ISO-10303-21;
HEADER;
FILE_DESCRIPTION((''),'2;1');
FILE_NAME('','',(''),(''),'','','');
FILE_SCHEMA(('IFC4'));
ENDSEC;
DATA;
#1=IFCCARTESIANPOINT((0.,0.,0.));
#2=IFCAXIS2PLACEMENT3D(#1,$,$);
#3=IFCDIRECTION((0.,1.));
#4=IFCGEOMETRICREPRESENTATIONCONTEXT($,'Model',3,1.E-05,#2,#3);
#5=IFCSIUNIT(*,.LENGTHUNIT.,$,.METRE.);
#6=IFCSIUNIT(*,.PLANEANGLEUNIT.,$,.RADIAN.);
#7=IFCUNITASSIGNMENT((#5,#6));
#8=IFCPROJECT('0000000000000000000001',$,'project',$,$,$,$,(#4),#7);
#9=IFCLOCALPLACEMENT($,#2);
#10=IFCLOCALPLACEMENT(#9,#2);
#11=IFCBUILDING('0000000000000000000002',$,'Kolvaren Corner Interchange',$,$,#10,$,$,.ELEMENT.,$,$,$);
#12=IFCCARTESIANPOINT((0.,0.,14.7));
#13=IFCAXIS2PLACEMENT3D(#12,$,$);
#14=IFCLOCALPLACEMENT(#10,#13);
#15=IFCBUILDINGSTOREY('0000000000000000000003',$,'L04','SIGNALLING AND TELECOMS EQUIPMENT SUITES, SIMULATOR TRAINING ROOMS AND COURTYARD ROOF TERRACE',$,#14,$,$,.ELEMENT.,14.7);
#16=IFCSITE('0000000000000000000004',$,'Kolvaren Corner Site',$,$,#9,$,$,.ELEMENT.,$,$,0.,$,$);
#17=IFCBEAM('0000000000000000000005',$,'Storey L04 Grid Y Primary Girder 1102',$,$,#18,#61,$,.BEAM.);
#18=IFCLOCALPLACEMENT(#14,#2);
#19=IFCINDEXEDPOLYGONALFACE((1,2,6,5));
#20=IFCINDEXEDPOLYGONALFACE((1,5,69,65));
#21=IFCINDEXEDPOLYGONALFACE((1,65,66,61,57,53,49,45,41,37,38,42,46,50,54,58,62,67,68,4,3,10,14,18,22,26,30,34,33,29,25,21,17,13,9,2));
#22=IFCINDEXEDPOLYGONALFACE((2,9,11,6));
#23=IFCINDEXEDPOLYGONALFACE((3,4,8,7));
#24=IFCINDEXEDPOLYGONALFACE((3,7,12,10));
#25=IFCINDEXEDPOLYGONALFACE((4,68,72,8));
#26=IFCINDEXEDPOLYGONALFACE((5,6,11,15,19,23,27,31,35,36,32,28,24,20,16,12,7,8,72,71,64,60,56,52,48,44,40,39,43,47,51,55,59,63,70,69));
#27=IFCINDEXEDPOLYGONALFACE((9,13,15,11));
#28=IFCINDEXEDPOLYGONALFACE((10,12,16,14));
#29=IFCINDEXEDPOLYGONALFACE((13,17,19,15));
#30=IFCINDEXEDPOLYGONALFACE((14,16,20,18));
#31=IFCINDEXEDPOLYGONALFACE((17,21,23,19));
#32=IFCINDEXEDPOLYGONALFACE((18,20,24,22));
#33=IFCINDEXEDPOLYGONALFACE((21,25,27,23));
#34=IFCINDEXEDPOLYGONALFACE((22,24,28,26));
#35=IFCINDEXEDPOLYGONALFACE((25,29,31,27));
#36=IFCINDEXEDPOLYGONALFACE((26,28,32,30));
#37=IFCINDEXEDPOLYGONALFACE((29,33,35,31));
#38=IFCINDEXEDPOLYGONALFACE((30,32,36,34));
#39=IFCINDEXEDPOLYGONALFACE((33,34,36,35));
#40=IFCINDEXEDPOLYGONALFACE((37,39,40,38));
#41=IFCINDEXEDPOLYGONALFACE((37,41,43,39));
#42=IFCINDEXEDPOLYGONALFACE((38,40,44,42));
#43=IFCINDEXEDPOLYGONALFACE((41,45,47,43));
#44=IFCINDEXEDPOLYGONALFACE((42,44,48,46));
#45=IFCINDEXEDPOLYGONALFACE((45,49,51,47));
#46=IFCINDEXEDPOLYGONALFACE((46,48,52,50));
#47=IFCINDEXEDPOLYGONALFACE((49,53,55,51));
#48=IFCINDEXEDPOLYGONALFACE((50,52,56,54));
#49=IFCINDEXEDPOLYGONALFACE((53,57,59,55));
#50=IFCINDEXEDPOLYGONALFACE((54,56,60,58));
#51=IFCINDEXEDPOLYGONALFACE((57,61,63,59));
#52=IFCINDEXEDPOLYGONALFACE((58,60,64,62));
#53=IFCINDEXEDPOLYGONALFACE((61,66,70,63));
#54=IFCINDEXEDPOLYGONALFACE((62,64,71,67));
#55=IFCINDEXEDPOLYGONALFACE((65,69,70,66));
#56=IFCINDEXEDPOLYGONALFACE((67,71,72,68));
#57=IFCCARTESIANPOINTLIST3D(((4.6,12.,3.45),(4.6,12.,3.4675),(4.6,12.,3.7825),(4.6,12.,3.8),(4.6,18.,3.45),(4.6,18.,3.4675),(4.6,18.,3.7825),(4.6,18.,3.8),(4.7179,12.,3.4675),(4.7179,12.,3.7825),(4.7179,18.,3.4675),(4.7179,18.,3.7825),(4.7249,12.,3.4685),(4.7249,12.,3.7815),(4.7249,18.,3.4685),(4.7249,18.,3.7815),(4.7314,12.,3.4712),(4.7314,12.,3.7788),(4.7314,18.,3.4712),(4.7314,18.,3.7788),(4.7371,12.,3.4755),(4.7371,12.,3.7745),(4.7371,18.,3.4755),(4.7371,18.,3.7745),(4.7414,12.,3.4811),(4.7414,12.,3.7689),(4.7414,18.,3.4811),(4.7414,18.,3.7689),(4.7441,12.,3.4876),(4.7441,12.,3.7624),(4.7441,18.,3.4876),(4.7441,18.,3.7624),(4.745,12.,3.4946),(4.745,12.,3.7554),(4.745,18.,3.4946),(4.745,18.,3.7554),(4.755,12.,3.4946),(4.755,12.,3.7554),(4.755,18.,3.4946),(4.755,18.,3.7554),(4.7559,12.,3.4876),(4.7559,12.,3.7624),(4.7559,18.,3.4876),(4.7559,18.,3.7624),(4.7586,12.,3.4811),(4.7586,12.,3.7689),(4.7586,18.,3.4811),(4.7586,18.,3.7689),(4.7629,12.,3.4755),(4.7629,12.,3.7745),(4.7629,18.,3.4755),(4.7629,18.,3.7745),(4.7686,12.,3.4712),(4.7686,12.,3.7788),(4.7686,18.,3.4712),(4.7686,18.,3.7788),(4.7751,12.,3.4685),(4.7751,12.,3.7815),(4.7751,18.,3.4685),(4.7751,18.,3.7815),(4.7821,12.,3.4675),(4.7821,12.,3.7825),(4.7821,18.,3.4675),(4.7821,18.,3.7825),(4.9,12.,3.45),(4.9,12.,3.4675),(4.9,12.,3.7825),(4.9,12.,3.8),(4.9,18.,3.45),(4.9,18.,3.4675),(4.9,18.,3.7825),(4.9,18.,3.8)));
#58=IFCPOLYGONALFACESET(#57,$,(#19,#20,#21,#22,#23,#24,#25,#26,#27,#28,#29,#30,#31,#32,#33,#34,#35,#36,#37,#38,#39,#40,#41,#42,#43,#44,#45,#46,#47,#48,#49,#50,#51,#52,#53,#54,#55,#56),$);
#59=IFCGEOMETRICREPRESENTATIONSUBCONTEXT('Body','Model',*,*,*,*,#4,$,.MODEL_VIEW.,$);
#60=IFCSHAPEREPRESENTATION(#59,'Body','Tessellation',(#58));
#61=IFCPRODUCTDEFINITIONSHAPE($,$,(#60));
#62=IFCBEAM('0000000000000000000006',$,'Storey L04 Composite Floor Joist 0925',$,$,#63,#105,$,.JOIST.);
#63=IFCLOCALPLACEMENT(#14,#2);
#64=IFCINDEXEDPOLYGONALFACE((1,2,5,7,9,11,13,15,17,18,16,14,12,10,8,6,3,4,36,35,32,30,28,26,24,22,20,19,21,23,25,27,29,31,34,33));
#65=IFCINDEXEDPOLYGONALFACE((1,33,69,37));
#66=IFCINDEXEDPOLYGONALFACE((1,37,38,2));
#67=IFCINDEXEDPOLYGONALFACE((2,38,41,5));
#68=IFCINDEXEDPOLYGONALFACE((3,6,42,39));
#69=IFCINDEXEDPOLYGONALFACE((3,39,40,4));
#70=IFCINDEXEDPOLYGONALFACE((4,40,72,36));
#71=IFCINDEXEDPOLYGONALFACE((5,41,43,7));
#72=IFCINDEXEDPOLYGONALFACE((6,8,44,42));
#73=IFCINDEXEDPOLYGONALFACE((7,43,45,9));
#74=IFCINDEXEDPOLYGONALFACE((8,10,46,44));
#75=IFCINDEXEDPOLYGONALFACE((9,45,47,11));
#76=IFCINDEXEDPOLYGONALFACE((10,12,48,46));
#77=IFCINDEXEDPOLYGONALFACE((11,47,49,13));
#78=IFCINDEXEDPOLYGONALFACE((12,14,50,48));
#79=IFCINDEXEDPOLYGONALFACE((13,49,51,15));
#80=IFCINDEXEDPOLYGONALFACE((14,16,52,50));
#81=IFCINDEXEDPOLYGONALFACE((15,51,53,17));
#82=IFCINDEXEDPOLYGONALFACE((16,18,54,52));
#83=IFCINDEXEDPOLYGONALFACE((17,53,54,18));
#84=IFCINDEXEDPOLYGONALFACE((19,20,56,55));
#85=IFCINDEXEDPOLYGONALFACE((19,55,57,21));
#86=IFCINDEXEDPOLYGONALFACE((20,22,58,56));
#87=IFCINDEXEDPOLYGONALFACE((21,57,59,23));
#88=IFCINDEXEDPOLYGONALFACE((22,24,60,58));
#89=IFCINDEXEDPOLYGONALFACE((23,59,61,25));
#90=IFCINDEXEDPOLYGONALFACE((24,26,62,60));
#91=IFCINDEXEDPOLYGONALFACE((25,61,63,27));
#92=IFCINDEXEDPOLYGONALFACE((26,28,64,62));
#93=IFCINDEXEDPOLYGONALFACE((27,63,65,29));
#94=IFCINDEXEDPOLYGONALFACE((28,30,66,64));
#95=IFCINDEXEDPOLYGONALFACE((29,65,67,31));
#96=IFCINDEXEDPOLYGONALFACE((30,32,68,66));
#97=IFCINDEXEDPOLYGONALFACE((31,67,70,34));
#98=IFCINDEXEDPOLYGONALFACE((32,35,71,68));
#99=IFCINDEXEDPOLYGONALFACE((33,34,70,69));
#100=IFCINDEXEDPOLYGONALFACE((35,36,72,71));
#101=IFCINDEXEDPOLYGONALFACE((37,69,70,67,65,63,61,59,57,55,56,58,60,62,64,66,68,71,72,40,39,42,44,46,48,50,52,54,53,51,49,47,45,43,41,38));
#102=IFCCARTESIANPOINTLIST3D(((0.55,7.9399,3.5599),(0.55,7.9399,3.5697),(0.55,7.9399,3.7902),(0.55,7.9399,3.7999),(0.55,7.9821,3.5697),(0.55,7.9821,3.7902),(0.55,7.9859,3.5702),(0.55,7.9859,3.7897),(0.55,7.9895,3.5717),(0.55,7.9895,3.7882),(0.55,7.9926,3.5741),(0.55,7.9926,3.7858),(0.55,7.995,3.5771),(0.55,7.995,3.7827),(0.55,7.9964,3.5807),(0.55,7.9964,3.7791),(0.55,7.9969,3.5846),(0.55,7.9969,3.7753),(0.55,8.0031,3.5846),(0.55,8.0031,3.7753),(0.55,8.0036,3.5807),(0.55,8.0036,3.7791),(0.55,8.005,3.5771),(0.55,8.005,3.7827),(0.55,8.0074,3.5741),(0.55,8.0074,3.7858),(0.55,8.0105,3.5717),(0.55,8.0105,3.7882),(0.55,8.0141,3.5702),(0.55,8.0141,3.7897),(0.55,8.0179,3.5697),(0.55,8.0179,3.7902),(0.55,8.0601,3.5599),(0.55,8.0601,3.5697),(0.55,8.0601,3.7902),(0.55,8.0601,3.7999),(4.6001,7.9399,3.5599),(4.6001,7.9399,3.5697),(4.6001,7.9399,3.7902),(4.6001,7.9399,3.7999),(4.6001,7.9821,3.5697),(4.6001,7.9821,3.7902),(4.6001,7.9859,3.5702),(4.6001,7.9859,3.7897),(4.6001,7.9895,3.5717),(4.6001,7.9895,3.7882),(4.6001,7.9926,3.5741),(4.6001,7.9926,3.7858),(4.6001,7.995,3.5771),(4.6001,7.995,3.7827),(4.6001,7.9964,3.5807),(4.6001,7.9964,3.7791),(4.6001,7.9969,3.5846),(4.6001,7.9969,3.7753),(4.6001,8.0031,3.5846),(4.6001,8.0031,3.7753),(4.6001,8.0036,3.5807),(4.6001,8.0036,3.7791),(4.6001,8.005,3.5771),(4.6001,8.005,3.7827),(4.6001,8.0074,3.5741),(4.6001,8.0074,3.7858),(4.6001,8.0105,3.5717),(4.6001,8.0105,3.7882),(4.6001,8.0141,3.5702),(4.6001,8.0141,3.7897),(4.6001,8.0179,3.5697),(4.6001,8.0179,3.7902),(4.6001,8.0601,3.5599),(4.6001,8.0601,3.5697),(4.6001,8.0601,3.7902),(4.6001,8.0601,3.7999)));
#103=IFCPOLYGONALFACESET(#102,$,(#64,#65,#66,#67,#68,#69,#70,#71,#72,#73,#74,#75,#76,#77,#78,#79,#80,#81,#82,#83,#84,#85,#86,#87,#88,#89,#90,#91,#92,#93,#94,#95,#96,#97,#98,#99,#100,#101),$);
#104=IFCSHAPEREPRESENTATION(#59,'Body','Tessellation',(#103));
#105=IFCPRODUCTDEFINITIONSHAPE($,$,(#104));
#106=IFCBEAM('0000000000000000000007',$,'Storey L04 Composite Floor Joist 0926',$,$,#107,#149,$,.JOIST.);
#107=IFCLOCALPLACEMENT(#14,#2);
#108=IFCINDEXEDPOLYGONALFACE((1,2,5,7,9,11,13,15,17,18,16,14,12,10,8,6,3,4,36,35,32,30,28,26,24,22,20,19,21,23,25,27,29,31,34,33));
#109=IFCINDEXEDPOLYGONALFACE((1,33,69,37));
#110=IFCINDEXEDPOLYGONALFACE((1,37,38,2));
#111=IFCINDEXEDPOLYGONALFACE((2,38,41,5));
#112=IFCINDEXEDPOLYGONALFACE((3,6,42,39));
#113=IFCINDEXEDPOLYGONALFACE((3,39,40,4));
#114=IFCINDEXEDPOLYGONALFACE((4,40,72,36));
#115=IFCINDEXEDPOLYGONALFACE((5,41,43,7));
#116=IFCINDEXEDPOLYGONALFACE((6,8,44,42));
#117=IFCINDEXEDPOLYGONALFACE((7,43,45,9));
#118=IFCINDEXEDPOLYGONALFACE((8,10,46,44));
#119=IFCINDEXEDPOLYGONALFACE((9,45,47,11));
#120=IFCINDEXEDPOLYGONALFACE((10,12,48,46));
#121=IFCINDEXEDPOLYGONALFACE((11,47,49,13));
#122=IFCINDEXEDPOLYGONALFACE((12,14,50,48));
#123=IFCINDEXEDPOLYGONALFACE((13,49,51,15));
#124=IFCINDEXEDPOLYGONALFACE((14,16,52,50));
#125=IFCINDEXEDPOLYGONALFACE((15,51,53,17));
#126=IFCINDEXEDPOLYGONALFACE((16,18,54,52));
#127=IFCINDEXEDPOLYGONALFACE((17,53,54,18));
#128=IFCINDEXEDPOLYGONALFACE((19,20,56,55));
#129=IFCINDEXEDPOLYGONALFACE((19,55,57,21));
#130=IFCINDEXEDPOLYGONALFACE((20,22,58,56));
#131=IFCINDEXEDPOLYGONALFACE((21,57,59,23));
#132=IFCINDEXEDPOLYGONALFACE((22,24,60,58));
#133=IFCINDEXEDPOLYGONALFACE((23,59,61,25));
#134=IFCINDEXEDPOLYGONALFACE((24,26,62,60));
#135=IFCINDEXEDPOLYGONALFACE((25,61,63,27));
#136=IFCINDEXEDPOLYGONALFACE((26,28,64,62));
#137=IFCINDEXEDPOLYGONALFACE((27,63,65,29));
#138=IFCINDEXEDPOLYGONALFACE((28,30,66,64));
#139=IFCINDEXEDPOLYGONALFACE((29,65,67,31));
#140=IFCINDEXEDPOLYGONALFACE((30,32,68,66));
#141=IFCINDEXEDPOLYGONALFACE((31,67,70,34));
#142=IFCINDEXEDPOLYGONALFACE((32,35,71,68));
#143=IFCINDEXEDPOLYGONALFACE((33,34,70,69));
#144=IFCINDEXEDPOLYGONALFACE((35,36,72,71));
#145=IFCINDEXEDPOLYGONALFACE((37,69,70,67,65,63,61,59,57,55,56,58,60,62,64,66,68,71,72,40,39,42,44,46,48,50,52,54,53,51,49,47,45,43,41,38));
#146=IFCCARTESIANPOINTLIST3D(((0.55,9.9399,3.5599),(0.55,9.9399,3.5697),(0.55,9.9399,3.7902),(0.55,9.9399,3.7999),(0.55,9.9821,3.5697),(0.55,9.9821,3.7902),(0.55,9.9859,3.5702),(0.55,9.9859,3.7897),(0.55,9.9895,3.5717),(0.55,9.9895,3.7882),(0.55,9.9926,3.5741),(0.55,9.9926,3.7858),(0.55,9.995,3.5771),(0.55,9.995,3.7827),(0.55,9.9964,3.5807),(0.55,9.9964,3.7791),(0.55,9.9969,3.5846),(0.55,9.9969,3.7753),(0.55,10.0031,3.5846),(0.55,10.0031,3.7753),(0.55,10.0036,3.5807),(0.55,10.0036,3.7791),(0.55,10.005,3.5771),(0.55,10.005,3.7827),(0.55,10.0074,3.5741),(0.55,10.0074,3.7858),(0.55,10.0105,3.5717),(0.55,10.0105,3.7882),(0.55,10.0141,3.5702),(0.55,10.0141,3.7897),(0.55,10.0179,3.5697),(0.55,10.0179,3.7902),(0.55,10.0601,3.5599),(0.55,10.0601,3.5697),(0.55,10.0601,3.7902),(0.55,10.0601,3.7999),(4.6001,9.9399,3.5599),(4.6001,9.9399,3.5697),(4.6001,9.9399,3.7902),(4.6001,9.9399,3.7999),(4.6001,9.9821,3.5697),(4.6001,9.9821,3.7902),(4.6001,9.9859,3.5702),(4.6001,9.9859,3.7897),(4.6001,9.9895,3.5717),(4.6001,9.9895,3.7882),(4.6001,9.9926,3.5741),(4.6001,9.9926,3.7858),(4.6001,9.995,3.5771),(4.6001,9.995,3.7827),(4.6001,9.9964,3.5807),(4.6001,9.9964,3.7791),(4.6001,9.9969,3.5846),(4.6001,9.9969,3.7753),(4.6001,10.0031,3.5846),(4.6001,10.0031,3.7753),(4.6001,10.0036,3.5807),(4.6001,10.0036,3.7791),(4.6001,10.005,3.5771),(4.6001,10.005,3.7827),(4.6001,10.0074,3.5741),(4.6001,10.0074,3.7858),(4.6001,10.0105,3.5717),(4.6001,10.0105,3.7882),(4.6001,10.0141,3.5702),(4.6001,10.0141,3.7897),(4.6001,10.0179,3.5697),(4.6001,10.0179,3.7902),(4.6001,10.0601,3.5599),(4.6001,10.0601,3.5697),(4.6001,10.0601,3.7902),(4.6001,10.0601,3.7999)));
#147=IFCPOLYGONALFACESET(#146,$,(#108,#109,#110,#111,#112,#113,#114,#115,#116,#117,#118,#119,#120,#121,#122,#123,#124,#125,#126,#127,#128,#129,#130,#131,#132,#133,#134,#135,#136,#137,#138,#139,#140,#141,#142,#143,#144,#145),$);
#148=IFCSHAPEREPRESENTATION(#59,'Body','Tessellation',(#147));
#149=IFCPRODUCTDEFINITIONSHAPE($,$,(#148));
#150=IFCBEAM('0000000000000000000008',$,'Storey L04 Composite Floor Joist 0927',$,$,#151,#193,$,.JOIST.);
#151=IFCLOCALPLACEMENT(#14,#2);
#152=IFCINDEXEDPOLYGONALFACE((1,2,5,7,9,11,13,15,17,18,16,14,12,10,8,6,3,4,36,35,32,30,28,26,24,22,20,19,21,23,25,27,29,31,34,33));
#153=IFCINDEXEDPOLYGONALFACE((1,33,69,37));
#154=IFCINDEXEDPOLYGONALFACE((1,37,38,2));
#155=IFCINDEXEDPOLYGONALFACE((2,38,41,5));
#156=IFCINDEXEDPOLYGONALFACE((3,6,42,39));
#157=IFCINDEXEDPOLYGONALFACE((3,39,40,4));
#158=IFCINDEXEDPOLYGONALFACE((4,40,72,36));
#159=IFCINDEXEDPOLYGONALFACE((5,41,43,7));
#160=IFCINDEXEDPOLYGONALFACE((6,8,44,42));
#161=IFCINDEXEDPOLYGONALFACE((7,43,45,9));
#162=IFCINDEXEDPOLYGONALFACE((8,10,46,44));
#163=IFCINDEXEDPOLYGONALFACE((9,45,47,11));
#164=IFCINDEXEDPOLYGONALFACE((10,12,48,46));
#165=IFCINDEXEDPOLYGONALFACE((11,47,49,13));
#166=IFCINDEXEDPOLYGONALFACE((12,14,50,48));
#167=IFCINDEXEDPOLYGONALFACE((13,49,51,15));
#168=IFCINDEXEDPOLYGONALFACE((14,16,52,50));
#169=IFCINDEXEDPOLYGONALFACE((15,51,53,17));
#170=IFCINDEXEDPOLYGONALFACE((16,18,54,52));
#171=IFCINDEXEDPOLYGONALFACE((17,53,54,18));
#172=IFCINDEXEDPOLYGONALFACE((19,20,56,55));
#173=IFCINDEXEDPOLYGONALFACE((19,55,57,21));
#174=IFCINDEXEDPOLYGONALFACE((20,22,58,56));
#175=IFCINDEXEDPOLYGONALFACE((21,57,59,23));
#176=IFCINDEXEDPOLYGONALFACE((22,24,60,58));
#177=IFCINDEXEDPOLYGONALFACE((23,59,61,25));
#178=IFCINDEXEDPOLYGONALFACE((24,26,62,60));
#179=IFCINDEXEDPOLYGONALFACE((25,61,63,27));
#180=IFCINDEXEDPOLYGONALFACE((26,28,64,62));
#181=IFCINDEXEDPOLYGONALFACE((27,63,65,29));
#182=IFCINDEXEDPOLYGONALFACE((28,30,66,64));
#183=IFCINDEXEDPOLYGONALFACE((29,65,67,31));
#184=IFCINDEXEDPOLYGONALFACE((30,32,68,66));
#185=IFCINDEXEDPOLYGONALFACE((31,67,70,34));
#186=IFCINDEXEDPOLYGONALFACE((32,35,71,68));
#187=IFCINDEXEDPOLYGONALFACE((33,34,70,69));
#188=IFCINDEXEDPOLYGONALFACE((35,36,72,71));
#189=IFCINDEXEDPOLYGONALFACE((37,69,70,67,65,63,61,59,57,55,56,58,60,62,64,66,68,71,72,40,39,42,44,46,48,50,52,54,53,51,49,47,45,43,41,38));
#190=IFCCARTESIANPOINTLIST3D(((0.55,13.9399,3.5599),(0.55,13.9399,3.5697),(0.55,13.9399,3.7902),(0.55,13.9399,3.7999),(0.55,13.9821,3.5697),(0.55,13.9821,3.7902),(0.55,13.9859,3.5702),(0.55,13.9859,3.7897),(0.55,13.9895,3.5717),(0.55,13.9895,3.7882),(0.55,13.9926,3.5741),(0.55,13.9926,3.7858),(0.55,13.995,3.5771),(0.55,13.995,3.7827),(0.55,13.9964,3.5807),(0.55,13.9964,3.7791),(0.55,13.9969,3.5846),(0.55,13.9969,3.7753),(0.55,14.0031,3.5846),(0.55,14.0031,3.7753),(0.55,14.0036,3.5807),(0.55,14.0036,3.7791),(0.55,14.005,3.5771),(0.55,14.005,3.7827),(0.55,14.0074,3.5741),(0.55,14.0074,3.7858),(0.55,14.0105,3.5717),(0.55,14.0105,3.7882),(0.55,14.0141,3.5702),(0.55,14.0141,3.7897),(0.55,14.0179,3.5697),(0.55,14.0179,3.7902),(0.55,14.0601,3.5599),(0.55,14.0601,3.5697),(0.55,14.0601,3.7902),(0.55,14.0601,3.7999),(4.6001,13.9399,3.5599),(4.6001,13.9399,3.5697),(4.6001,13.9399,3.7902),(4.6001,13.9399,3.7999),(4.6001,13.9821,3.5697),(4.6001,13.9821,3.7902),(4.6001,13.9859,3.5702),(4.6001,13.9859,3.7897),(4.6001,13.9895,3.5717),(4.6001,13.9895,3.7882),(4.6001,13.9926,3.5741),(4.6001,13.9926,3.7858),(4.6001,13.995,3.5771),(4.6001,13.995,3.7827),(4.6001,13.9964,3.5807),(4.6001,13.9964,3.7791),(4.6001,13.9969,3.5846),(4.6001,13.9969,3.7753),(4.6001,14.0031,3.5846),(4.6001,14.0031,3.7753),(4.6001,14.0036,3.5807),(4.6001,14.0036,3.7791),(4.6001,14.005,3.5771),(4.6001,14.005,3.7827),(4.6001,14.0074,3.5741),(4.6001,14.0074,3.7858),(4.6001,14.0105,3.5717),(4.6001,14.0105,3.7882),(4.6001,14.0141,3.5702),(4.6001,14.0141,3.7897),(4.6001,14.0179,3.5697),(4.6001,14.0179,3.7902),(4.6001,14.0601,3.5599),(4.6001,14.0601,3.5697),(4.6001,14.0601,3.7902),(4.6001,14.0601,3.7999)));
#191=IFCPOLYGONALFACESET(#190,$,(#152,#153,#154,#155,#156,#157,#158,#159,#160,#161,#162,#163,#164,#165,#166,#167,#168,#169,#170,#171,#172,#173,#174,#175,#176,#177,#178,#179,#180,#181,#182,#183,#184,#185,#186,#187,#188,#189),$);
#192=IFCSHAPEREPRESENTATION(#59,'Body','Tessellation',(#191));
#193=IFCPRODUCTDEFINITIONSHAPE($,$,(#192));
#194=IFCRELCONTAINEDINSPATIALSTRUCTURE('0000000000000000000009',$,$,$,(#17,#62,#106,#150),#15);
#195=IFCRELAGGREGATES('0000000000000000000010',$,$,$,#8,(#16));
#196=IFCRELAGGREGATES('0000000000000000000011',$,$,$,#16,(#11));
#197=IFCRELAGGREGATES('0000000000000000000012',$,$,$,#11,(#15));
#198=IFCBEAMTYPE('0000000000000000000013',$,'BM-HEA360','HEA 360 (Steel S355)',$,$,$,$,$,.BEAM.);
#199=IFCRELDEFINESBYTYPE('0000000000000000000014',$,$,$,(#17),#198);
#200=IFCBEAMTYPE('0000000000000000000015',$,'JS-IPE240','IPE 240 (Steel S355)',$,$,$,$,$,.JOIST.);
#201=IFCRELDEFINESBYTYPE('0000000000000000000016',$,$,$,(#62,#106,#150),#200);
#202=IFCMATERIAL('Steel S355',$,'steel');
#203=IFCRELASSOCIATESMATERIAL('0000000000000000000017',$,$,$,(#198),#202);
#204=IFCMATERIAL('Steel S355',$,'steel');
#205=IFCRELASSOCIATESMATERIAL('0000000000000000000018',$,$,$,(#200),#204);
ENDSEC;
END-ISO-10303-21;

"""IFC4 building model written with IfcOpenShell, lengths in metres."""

from ifc_helpers import new_model, si_unit, direction, frame, origin, origin_2d, place, context, subcontext, project, spatial, i_section, extrude, material, material_profile, profile_set, type_object, element, save


model = new_model("IFC4")

# Units and contexts
model_context = context("Model", 3, precision=1e-05, world=origin(), true_north=direction((0.0, 1.0)))
body_context = subcontext(model_context, "Body", "Model", "MODEL_VIEW")
ifc_project = project(units=[si_unit("LENGTHUNIT", "METRE"), si_unit("PLANEANGLEUNIT", "RADIAN")], contexts=[model_context])

# Site, building, storey
site_placement = place(None, origin())
site = spatial("IfcSite", under=ifc_project, at=site_placement, Name="Kolvaren Corner Site", CompositionType="ELEMENT", RefElevation=0.0)
building_placement = place(site_placement, origin())
building = spatial("IfcBuilding", under=site, at=building_placement, Name="Kolvaren Corner Interchange", CompositionType="ELEMENT")
storey_placement = place(building_placement, frame((0.0, 0.0, 14.7)))
storey = spatial("IfcBuildingStorey", under=building, at=storey_placement, Name="L04", Description="SIGNALLING AND TELECOMS EQUIPMENT SUITES, SIMULATOR TRAINING ROOMS AND COURTYARD ROOF TERRACE", CompositionType="ELEMENT", Elevation=14.7)

# Beams
ifc_material_1 = material(Name="Steel S355", Category="steel")
ifc_material_profile_1 = material_profile(ifc_material_1, i_section(OverallWidth=0.3, OverallDepth=0.3501, WebThickness=0.01, FlangeThickness=0.0176, FilletRadius=0.0271, at=origin_2d()), Name="HEA 360")
ifc_profile_set_1 = profile_set([ifc_material_profile_1], Name="Steel S355")
beam_type_1 = type_object("IfcBeamType", Name="BM-HEA360", Description="HEA 360 (Steel S355)", PredefinedType="BEAM", material=ifc_profile_set_1)
beam_1_placement = place(storey_placement, frame((4.75, 12.0, 3.625), z_axis=(0.0, 1.0, 0.0), x_axis=(-1.0, 0.0, 0.0)))
element("IfcBeam", 1, at=beam_1_placement, inside=storey, type_object=beam_type_1, Name="Storey L04 Grid Y Primary Girder 1102", PredefinedType="BEAM", context=body_context, shape_type="SweptSolid", body=[
    extrude(i_section(OverallWidth=0.3, OverallDepth=0.3501, WebThickness=0.01, FlangeThickness=0.0176, FilletRadius=0.0271, at=origin_2d()), origin(), (0.0, 0.0, 1.0), 6.0),
])
ifc_material_2 = material(Name="Steel S355", Category="steel")
ifc_material_profile_2 = material_profile(ifc_material_2, i_section(OverallWidth=0.1201, OverallDepth=0.24, WebThickness=0.0061, FlangeThickness=0.0098, FilletRadius=0.0149, at=origin_2d()), Name="IPE 240")
ifc_profile_set_2 = profile_set([ifc_material_profile_2], Name="Steel S355")
beam_type_2 = type_object("IfcBeamType", Name="JS-IPE240", Description="IPE 240 (Steel S355)", PredefinedType="JOIST", material=ifc_profile_set_2)
for number, where, z_axis, x_axis, name in (
    (2, (0.55, 8.0, 3.6799), (1.0, 0.0, 0.0), (0.0, 1.0, 0.0), "Storey L04 Composite Floor Joist 0925"),
    (3, (0.55, 10.0, 3.6799), (1.0, 0.0, 0.0), (0.0, 1.0, 0.0), "Storey L04 Composite Floor Joist 0926"),
    (4, (0.55, 14.0, 3.6799), (1.0, 0.0, 0.0), (0.0, 1.0, 0.0), "Storey L04 Composite Floor Joist 0927"),
):
    element("IfcBeam", number, at=place(storey_placement, frame(where, z_axis=z_axis, x_axis=x_axis)), inside=storey, type_object=beam_type_2, Name=name, PredefinedType="JOIST", context=body_context, shape_type="SweptSolid", body=[
        extrude(i_section(OverallWidth=0.1201, OverallDepth=0.24, WebThickness=0.0061, FlangeThickness=0.0098, FilletRadius=0.0149, at=origin_2d()), origin(), (0.0, 0.0, 1.0), 4.05),
    ])

save(model, "model.ifc")
